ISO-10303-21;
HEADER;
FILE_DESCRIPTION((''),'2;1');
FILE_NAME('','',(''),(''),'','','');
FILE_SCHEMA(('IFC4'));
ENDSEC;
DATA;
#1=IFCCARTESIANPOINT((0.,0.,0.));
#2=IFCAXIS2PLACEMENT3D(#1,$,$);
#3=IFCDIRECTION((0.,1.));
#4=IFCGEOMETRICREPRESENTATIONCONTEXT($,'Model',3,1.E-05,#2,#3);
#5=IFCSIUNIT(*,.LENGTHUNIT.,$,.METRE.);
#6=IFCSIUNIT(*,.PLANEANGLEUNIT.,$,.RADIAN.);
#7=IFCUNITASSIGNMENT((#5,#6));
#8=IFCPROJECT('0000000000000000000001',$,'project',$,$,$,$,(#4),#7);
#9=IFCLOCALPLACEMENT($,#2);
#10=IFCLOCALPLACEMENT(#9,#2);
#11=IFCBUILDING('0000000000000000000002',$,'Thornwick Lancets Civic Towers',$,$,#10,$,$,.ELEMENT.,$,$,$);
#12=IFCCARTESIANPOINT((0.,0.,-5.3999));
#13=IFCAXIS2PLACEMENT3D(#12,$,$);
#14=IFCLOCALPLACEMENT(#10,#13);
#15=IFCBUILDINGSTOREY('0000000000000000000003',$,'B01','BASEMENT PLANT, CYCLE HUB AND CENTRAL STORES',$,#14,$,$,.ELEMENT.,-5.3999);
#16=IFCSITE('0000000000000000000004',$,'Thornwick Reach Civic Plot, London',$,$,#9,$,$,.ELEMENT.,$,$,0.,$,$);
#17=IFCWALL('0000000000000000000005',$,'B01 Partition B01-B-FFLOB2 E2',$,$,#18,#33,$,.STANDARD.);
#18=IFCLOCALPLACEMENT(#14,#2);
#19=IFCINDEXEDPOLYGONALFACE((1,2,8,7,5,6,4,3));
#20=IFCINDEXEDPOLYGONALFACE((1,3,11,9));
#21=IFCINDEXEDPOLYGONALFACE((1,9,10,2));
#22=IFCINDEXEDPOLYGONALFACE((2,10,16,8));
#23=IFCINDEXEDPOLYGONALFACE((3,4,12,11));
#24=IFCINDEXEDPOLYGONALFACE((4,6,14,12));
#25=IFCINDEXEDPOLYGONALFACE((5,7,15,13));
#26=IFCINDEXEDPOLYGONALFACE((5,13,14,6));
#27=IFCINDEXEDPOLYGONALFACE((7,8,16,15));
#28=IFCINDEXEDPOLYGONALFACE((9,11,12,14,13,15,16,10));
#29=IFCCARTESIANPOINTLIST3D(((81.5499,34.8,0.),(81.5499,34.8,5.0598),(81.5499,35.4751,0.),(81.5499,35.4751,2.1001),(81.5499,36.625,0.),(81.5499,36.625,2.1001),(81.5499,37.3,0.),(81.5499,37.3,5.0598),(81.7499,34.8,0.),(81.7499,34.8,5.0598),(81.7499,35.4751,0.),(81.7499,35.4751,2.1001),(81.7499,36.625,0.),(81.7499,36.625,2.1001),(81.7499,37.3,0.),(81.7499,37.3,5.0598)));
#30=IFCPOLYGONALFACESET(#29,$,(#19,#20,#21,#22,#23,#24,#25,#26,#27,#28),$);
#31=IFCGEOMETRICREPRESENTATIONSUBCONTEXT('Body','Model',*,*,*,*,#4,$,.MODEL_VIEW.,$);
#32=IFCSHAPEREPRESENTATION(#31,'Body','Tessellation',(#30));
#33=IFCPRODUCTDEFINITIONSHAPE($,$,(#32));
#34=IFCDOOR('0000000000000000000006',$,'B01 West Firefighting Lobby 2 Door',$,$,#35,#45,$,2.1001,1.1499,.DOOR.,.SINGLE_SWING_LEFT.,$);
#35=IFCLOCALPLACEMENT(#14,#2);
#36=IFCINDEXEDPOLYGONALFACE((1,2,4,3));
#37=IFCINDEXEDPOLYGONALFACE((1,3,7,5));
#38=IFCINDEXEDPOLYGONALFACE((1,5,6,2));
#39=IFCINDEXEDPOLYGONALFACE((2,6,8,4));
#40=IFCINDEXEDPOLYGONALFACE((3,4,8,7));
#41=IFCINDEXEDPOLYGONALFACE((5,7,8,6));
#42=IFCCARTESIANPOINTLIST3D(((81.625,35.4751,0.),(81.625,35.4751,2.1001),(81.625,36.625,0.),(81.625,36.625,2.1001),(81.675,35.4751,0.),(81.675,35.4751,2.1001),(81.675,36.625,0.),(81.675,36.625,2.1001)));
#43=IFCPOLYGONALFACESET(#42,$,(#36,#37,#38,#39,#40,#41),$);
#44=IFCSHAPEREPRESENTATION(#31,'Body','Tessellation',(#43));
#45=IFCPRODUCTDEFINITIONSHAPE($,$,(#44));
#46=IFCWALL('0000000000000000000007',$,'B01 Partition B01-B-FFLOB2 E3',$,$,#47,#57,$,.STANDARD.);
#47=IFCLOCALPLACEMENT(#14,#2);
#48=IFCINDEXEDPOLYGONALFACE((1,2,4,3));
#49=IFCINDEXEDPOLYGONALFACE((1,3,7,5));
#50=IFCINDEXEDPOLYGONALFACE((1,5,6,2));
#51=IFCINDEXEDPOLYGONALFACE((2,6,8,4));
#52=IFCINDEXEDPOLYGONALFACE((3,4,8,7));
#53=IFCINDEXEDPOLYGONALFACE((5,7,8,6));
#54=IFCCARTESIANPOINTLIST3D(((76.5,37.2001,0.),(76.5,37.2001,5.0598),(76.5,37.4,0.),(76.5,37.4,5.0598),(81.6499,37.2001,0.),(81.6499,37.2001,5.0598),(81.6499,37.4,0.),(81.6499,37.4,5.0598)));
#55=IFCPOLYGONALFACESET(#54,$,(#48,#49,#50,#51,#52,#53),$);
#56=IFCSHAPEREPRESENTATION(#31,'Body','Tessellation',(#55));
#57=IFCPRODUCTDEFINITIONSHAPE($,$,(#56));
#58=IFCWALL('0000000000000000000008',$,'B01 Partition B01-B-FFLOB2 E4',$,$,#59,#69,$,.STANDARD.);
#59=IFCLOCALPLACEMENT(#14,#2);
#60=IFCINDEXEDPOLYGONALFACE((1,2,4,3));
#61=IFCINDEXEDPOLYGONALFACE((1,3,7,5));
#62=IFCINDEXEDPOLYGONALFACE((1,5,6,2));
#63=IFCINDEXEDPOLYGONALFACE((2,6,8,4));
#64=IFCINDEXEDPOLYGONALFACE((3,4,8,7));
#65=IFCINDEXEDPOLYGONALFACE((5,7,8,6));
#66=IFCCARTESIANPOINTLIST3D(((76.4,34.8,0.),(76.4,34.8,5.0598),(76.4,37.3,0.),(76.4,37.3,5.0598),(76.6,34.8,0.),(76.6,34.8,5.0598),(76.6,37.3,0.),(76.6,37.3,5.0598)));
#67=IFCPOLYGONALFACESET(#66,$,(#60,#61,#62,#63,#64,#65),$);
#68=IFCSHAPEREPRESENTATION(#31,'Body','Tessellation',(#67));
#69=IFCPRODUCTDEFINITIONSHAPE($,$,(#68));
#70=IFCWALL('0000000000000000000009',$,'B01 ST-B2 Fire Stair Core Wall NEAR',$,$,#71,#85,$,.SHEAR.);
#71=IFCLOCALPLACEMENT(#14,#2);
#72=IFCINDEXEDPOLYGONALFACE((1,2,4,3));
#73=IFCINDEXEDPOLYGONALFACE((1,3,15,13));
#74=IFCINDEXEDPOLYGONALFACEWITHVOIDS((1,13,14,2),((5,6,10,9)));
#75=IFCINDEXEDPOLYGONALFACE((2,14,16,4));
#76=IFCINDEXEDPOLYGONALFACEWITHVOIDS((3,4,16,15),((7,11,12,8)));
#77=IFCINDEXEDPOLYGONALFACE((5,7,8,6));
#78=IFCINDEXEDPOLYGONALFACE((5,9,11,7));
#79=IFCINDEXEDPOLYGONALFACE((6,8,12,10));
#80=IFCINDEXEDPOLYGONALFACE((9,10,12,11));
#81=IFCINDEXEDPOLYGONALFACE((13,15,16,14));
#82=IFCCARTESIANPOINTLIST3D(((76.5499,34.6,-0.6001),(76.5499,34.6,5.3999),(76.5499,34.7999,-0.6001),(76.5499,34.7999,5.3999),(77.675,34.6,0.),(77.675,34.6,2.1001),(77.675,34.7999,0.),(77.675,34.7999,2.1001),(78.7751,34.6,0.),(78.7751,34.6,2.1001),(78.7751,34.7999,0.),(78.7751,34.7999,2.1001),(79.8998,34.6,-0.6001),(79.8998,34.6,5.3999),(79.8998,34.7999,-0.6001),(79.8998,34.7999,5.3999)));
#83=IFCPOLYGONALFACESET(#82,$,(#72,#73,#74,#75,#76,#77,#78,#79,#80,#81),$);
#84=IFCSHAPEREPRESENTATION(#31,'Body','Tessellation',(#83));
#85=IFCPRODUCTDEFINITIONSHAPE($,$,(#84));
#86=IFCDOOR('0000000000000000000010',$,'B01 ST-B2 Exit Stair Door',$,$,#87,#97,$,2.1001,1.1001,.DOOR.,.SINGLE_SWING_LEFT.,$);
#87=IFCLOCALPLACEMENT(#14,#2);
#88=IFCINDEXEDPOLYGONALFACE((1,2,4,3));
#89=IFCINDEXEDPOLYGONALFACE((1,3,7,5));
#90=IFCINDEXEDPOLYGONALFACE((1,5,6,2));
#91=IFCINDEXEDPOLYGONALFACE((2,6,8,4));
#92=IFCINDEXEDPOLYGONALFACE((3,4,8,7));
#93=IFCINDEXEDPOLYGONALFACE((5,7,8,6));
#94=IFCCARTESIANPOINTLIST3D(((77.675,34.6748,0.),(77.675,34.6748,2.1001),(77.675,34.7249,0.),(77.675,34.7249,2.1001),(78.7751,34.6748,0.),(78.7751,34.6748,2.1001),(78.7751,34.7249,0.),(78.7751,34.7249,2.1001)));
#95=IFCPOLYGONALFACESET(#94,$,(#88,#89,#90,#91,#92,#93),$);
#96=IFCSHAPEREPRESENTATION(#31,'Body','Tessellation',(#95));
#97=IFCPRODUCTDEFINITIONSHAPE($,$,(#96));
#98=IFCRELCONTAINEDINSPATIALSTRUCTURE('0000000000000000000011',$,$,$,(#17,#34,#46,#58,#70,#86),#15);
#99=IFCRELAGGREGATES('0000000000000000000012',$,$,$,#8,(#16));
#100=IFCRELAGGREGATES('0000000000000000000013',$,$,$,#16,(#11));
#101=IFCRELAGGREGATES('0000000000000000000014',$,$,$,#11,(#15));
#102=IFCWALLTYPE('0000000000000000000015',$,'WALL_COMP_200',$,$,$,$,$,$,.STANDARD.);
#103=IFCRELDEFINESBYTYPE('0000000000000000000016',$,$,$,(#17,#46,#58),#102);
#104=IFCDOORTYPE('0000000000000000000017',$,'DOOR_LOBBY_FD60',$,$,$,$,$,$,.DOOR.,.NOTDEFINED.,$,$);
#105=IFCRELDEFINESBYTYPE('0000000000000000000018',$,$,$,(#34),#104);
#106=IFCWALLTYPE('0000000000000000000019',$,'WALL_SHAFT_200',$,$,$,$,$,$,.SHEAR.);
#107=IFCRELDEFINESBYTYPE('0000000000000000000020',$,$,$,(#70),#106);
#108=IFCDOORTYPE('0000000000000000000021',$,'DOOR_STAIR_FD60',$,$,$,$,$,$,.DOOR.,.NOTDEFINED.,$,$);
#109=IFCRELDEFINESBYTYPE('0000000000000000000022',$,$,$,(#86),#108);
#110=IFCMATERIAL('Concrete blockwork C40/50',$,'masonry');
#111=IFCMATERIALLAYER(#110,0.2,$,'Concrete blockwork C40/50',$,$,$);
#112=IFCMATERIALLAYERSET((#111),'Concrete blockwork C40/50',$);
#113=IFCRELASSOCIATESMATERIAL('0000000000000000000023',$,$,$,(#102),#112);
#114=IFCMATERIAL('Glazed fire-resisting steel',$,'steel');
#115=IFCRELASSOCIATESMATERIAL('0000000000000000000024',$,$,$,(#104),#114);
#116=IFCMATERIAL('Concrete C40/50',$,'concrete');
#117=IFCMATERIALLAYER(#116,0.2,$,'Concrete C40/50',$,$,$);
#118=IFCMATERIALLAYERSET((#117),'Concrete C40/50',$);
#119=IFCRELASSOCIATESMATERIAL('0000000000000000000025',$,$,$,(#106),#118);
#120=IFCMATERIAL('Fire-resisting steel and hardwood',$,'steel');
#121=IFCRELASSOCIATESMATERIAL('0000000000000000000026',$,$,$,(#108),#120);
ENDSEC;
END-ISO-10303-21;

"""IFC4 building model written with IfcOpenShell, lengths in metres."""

from ifc_helpers import new_model, si_unit, direction, frame, frame_2d, origin, place, context, subcontext, project, spatial, rectangle, extrude, material, layer, layer_set, type_object, element, fill, save


model = new_model("IFC4")

# Units and contexts
model_context = context("Model", 3, precision=1e-05, world=origin(), true_north=direction((0.0, 1.0)))
body_context = subcontext(model_context, "Body", "Model", "MODEL_VIEW")
ifc_project = project(units=[si_unit("LENGTHUNIT", "METRE"), si_unit("PLANEANGLEUNIT", "RADIAN")], contexts=[model_context])

# Site, building, storey
site_placement = place(None, origin())
site = spatial("IfcSite", under=ifc_project, at=site_placement, Name="Thornwick Reach Civic Plot, London", CompositionType="ELEMENT", RefElevation=0.0)
building_placement = place(site_placement, origin())
building = spatial("IfcBuilding", under=site, at=building_placement, Name="Thornwick Lancets Civic Towers", CompositionType="ELEMENT")
storey_placement = place(building_placement, frame((0.0, 0.0, -5.3999)))
storey = spatial("IfcBuildingStorey", under=building, at=storey_placement, Name="B01", Description="BASEMENT PLANT, CYCLE HUB AND CENTRAL STORES", CompositionType="ELEMENT", Elevation=-5.3999)

# Shared definitions
ifc_material_1 = material(Name="Concrete C40/50", Category="concrete")

# Shared definitions
ifc_material_2 = material(Name="Concrete blockwork C40/50", Category="masonry")
ifc_layer_1 = layer(ifc_material_2, 0.2, Name="Concrete blockwork C40/50")
ifc_layer_set_1 = layer_set([ifc_layer_1], Name="Concrete blockwork C40/50")
wall_type_1 = type_object("IfcWallType", Name="WALL_COMP_200", PredefinedType="STANDARD", material=ifc_layer_set_1)

# Wall, opening, door
wall_1_placement = place(storey_placement, frame((81.6499, 34.8, 0.0), z_axis=(0.0, 0.0, 1.0), x_axis=(0.0, 1.0, 0.0)))
wall_1 = element("IfcWall", 1, at=wall_1_placement, inside=storey, type_object=wall_type_1, Name="B01 Partition B01-B-FFLOB2 E2", PredefinedType="STANDARD", context=body_context, shape_type="SweptSolid", body=[
    extrude(rectangle(XDim=2.5, YDim=0.2, at=frame_2d((1.25, 0.0))), origin(), (0.0, 0.0, 1.0), 5.0598),
])
opening_1_placement = place(wall_1_placement, frame((0.675, 0.0, 0.0)))
opening_1 = element("IfcOpeningElement", 2, at=opening_1_placement, cuts=wall_1, PredefinedType="OPENING", context=body_context, shape_type="SweptSolid", body=[
    extrude(rectangle(XDim=1.1499, YDim=2.1001, at=frame_2d((0.575, 1.05))), frame((0.0, 0.1099, 0.0), z_axis=(0.0, -1.0, 0.0), x_axis=(1.0, 0.0, 0.0)), (0.0, 0.0, 1.0), 0.22),
])
ifc_material_3 = material(Name="Glazed fire-resisting steel", Category="steel")
door_type_1 = type_object("IfcDoorType", Name="DOOR_LOBBY_FD60", OperationType="NOTDEFINED", PredefinedType="DOOR", material=ifc_material_3)
door_1_placement = place(opening_1_placement, origin())
door_1 = element("IfcDoor", 3, at=door_1_placement, inside=storey, type_object=door_type_1, Name="B01 West Firefighting Lobby 2 Door", OperationType="SINGLE_SWING_LEFT", OverallHeight=2.1001, OverallWidth=1.1499, PredefinedType="DOOR", context=body_context, shape_type="SweptSolid", body=[
    extrude(rectangle(XDim=1.1499, YDim=2.1001, at=frame_2d((0.575, 1.05))), frame((0.0, 0.0249, 0.0), z_axis=(0.0, -1.0, 0.0), x_axis=(1.0, 0.0, 0.0)), (0.0, 0.0, 1.0), 0.05),
])
fill(opening_1, door_1)

# Walls
wall_2_placement = place(storey_placement, frame((81.6499, 37.3, 0.0), z_axis=(0.0, 0.0, 1.0), x_axis=(-1.0, 0.0, 0.0)))
element("IfcWall", 4, at=wall_2_placement, inside=storey, type_object=wall_type_1, Name="B01 Partition B01-B-FFLOB2 E3", PredefinedType="STANDARD", context=body_context, shape_type="SweptSolid", body=[
    extrude(rectangle(XDim=5.1499, YDim=0.2, at=frame_2d((2.575, 0.0))), origin(), (0.0, 0.0, 1.0), 5.0598),
])
wall_3_placement = place(storey_placement, frame((76.5, 37.3, 0.0), z_axis=(0.0, 0.0, 1.0), x_axis=(0.0, -1.0, 0.0)))
element("IfcWall", 5, at=wall_3_placement, inside=storey, type_object=wall_type_1, Name="B01 Partition B01-B-FFLOB2 E4", PredefinedType="STANDARD", context=body_context, shape_type="SweptSolid", body=[
    extrude(rectangle(XDim=2.5, YDim=0.2, at=frame_2d((1.25, 0.0))), origin(), (0.0, 0.0, 1.0), 5.0598),
])

# Wall, opening, door
ifc_layer_2 = layer(ifc_material_1, 0.2, Name="Concrete C40/50")
ifc_layer_set_2 = layer_set([ifc_layer_2], Name="Concrete C40/50")
wall_type_2 = type_object("IfcWallType", Name="WALL_SHAFT_200", PredefinedType="SHEAR", material=ifc_layer_set_2)
wall_4_placement = place(storey_placement, frame((76.55, 34.7, -0.6001), z_axis=(0.0, 0.0, 1.0), x_axis=(1.0, 0.0, 0.0)))
wall_4 = element("IfcWall", 6, at=wall_4_placement, inside=storey, type_object=wall_type_2, Name="B01 ST-B2 Fire Stair Core Wall NEAR", PredefinedType="SHEAR", context=body_context, shape_type="SweptSolid", body=[
    extrude(rectangle(XDim=3.3499, YDim=0.2, at=frame_2d((1.6748, 0.0))), origin(), (0.0, 0.0, 1.0), 6.0),
])
opening_2_placement = place(wall_4_placement, frame((1.125, 0.0, 0.6001)))
opening_2 = element("IfcOpeningElement", 7, at=opening_2_placement, cuts=wall_4, PredefinedType="OPENING", context=body_context, shape_type="SweptSolid", body=[
    extrude(rectangle(XDim=1.1001, YDim=2.1001, at=frame_2d((0.55, 1.05))), frame((0.0, 0.1099, 0.0), z_axis=(0.0, -1.0, 0.0), x_axis=(1.0, 0.0, 0.0)), (0.0, 0.0, 1.0), 0.22),
])
ifc_material_4 = material(Name="Fire-resisting steel and hardwood", Category="steel")
door_type_2 = type_object("IfcDoorType", Name="DOOR_STAIR_FD60", OperationType="NOTDEFINED", PredefinedType="DOOR", material=ifc_material_4)
door_2_placement = place(opening_2_placement, origin())
door_2 = element("IfcDoor", 8, at=door_2_placement, inside=storey, type_object=door_type_2, Name="B01 ST-B2 Exit Stair Door", OperationType="SINGLE_SWING_LEFT", OverallHeight=2.1001, OverallWidth=1.1001, PredefinedType="DOOR", context=body_context, shape_type="SweptSolid", body=[
    extrude(rectangle(XDim=1.1001, YDim=2.1001, at=frame_2d((0.55, 1.05))), frame((0.0, 0.0249, 0.0), z_axis=(0.0, -1.0, 0.0), x_axis=(1.0, 0.0, 0.0)), (0.0, 0.0, 1.0), 0.05),
])
fill(opening_2, door_2)

save(model, "model.ifc")
